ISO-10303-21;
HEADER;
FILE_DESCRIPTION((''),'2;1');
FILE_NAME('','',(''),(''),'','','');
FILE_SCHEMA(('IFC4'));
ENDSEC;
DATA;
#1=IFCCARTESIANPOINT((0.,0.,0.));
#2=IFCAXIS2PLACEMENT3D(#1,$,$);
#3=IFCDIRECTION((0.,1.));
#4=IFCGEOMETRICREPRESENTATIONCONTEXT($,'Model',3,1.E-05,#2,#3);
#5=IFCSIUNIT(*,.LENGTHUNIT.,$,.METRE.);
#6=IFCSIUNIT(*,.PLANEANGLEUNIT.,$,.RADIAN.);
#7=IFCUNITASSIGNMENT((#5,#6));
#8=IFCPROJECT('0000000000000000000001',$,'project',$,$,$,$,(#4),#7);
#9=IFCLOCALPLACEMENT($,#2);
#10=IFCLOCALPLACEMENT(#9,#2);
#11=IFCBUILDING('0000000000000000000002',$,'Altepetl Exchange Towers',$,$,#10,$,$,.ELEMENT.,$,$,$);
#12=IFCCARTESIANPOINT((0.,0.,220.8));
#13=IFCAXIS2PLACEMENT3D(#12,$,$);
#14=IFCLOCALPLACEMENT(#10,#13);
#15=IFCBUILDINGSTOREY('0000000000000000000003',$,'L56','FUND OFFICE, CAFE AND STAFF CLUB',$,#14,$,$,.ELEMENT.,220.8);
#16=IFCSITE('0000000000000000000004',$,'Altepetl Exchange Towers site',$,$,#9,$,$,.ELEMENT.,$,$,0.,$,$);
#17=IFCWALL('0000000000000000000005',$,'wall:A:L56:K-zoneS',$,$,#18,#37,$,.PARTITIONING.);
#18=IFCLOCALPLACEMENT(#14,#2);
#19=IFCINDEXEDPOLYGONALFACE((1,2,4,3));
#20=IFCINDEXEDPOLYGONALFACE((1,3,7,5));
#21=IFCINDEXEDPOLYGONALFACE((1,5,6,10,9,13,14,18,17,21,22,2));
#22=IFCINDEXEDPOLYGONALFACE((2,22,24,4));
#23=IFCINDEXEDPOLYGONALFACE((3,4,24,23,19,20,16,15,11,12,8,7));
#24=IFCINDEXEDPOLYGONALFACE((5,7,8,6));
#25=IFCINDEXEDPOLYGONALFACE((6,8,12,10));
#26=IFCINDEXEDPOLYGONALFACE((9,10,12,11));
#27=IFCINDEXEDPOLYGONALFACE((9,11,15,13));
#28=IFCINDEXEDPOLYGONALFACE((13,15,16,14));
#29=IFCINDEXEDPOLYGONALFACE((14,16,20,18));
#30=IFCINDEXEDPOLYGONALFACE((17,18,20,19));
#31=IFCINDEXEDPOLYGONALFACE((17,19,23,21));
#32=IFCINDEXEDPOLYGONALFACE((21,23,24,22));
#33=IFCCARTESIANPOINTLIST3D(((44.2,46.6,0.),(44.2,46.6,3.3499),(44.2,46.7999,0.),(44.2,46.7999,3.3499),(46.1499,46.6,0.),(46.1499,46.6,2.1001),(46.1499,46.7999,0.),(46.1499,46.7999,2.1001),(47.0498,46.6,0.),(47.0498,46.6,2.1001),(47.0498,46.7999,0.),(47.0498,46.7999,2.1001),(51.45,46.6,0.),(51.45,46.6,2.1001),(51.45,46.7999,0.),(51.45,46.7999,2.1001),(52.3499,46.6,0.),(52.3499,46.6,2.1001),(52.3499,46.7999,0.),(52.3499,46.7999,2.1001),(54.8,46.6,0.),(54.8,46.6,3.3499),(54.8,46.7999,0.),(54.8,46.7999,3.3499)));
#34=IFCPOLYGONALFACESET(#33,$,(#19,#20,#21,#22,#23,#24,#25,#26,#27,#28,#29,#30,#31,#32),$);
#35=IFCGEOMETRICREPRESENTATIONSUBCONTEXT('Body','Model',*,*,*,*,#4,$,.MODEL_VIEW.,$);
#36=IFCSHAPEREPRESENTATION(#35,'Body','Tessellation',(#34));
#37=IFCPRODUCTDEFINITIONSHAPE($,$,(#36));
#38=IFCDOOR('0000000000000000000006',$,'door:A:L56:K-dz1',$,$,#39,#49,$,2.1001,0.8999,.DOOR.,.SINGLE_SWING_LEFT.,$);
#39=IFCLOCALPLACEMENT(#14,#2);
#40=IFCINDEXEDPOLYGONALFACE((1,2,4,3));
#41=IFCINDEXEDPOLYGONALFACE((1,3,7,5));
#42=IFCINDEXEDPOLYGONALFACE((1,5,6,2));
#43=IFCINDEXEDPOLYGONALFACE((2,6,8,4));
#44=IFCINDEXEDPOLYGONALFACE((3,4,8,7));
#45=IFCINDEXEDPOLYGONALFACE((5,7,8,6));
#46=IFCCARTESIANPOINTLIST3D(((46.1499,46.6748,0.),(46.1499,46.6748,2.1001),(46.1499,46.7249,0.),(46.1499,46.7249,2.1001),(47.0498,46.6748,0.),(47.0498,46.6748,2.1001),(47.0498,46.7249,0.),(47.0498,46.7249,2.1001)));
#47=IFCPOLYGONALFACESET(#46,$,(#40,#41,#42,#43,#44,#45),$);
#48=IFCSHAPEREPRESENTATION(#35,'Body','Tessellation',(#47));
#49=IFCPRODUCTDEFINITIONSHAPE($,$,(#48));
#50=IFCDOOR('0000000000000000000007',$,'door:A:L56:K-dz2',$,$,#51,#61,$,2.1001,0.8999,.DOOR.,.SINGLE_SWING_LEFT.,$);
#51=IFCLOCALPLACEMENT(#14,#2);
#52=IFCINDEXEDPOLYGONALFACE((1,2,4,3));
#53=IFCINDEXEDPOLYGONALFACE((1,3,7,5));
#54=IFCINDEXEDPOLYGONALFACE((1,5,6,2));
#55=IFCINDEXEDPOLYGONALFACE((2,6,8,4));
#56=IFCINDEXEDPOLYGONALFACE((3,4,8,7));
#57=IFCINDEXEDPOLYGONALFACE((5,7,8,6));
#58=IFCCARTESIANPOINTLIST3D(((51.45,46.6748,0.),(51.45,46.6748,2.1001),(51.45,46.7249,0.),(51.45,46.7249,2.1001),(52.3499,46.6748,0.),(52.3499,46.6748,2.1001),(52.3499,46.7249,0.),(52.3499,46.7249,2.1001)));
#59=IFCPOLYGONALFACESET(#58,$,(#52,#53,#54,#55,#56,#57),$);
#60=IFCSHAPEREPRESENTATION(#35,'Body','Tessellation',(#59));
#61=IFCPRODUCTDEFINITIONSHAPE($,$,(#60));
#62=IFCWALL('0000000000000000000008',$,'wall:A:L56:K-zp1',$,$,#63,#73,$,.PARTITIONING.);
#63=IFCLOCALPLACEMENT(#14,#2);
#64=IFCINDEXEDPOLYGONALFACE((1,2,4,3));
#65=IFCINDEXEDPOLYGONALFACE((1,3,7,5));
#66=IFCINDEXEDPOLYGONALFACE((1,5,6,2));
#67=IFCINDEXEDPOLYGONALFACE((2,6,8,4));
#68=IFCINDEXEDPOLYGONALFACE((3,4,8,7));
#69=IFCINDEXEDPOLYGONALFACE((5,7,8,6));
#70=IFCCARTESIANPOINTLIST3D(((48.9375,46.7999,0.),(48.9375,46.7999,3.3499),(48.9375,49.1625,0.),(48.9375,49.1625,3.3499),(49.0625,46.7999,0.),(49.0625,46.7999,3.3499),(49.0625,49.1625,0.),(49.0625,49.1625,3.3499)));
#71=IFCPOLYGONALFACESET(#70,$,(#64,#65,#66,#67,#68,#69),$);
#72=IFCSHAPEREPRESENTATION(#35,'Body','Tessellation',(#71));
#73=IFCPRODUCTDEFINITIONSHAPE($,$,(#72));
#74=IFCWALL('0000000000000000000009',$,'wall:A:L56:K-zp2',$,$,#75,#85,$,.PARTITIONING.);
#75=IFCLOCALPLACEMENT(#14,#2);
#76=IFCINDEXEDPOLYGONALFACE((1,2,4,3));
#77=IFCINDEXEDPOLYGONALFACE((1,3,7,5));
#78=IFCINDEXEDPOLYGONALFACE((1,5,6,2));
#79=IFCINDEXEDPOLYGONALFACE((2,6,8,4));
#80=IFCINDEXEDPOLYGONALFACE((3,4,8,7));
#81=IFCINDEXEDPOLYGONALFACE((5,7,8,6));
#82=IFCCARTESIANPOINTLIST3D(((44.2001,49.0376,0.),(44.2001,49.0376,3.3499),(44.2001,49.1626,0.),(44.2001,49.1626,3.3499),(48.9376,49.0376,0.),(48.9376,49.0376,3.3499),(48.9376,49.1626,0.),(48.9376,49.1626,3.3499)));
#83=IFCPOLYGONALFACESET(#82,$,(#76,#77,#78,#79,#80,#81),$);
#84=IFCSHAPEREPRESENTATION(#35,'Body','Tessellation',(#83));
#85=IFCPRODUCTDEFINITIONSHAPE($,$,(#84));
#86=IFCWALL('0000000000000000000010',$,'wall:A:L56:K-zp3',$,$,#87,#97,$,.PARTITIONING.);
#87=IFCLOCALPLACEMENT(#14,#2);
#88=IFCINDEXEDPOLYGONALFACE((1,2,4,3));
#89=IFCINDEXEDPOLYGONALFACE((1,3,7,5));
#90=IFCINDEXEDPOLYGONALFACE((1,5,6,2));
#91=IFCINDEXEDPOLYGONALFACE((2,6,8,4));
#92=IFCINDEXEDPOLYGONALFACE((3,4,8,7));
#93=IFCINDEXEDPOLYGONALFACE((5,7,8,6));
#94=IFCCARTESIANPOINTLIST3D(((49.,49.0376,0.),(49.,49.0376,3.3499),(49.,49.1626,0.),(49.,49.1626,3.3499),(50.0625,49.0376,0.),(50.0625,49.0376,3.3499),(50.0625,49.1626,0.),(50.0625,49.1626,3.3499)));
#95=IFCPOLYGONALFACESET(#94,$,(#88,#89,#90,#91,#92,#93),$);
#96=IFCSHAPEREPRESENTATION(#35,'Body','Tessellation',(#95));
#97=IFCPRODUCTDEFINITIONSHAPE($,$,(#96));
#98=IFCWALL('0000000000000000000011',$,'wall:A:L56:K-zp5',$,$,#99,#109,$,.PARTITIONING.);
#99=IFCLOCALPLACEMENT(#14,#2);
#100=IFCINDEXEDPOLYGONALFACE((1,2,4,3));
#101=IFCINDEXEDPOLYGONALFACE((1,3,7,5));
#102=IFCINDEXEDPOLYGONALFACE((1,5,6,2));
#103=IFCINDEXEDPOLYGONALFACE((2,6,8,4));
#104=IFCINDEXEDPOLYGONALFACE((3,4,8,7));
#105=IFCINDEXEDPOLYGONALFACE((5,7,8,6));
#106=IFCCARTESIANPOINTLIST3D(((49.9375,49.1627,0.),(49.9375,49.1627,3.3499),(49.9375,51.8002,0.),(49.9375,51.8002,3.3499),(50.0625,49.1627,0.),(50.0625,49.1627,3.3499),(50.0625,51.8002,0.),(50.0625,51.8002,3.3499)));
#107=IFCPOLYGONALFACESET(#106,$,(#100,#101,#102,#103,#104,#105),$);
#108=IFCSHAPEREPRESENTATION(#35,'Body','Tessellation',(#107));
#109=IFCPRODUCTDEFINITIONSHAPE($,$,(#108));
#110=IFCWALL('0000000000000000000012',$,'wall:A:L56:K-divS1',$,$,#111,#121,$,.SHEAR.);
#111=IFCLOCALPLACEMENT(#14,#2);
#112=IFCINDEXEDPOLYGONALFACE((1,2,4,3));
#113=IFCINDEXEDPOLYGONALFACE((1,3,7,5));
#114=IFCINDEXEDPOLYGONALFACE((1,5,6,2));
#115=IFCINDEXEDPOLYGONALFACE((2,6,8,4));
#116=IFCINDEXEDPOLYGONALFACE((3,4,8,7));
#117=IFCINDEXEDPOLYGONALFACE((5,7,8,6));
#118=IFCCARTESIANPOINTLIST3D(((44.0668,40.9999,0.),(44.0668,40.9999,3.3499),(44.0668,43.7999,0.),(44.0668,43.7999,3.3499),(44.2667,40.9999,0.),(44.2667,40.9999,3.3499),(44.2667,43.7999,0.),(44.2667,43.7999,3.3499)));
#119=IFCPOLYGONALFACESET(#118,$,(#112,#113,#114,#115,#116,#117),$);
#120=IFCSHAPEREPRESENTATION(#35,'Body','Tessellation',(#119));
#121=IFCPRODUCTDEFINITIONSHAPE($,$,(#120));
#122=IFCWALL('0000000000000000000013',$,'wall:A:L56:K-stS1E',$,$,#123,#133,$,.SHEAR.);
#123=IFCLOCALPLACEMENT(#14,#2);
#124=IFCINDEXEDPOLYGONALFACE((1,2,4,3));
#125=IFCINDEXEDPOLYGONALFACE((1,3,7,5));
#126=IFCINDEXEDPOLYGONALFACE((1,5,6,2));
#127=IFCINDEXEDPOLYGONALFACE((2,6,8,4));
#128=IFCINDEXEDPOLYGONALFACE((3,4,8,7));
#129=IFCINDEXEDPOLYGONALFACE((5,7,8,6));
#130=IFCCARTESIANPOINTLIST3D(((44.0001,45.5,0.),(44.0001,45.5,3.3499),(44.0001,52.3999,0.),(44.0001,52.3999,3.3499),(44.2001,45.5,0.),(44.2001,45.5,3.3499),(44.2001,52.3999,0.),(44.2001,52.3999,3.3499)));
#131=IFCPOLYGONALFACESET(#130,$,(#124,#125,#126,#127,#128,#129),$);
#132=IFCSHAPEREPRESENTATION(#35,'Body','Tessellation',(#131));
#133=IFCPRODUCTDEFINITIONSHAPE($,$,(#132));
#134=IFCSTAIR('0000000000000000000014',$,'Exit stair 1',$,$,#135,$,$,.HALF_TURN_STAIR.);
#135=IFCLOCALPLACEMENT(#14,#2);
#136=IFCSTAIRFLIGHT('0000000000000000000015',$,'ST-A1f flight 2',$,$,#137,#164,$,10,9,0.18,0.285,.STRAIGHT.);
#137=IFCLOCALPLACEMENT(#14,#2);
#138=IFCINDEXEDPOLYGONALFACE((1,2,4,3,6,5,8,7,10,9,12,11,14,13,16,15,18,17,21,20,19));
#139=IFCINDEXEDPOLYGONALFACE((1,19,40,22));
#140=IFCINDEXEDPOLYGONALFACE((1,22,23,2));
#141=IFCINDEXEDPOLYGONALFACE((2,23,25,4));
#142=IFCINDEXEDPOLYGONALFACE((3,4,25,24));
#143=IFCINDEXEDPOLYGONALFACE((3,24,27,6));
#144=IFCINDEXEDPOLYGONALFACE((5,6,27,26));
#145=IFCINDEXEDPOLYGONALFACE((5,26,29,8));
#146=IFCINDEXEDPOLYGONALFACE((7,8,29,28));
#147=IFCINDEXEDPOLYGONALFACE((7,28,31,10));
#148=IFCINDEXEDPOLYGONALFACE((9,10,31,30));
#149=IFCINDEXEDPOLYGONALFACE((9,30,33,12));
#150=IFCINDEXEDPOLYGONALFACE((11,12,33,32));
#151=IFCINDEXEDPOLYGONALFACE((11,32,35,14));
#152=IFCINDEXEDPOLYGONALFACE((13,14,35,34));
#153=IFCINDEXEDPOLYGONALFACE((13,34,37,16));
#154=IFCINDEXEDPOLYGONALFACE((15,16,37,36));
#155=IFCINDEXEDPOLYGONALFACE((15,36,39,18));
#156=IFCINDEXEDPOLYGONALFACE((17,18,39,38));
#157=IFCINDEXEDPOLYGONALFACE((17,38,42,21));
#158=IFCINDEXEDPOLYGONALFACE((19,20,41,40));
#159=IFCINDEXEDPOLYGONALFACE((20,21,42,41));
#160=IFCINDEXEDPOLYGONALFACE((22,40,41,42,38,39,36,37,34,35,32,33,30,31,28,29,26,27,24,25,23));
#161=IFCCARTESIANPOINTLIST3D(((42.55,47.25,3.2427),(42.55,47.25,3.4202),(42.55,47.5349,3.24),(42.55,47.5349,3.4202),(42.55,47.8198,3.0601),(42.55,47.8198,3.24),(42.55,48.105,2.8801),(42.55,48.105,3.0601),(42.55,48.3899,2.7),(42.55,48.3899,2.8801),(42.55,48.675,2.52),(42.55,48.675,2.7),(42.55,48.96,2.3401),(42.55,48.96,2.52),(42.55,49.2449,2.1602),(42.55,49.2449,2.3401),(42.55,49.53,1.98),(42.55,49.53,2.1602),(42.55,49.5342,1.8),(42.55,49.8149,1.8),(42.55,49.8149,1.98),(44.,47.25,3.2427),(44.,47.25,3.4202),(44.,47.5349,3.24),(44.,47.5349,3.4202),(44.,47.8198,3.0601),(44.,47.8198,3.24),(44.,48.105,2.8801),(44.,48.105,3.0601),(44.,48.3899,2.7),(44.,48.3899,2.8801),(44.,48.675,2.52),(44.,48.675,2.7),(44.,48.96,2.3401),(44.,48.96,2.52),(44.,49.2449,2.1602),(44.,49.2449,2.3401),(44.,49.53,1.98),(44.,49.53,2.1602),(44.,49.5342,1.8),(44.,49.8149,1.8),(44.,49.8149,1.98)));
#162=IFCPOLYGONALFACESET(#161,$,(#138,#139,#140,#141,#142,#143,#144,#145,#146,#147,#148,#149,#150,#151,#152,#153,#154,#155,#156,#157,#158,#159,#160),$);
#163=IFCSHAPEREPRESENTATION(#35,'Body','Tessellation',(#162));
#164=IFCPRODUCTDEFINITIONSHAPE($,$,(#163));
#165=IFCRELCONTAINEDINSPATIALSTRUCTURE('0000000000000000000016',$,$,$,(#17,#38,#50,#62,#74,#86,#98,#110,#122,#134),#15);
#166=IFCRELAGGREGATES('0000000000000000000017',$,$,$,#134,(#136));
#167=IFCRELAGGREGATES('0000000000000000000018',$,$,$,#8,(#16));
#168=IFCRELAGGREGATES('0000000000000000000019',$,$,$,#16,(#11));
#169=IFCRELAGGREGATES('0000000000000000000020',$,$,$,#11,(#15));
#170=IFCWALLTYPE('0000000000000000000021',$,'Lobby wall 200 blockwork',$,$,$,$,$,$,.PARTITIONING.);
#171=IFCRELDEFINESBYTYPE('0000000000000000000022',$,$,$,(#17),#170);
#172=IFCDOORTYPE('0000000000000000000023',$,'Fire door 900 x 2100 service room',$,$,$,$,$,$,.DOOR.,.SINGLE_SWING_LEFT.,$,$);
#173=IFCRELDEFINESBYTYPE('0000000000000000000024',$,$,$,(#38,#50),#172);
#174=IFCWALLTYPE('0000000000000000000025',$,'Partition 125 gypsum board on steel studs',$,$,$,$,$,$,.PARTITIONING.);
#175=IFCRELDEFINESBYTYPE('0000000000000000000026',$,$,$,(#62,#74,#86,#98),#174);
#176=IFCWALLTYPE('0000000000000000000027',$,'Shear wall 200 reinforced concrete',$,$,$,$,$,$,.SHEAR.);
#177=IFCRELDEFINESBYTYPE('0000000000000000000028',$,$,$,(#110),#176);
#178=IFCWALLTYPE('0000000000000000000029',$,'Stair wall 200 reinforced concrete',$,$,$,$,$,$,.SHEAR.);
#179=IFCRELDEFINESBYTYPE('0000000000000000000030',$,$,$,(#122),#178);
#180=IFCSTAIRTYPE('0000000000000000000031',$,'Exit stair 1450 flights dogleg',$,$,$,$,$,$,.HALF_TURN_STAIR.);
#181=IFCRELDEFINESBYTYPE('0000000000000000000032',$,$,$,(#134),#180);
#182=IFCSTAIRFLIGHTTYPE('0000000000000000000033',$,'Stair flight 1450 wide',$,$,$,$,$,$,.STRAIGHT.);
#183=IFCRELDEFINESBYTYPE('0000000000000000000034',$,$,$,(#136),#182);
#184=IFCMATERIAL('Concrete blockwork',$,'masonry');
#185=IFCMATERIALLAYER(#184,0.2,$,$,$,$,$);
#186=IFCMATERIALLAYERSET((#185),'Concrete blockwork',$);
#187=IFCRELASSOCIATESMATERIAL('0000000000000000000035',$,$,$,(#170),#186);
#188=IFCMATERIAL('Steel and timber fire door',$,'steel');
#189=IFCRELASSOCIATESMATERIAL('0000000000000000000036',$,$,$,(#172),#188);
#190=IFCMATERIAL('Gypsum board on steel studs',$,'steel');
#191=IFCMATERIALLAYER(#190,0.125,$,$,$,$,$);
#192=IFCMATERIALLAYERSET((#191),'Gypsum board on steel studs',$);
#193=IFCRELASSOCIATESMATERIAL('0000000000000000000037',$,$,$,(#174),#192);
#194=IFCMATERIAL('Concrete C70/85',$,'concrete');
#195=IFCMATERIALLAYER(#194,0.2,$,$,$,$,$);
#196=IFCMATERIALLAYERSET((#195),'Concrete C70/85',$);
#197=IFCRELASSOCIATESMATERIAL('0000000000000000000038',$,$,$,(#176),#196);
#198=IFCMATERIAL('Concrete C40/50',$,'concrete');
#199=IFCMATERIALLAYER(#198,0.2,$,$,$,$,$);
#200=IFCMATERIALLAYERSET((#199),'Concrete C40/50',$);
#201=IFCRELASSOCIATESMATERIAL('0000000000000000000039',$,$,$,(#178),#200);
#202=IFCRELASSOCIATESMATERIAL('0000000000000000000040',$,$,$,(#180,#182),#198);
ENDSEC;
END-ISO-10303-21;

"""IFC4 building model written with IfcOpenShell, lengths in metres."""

from ifc_helpers import new_model, si_unit, direction, frame, frame_2d, origin, place, context, subcontext, project, spatial, polyline, rectangle, outline, extrude, material, layer, layer_set, type_object, element, fill, aggregate, save


model = new_model("IFC4")

# Units and contexts
model_context = context("Model", 3, precision=1e-05, world=origin(), true_north=direction((0.0, 1.0)))
body_context = subcontext(model_context, "Body", "Model", "MODEL_VIEW")
ifc_project = project(units=[si_unit("LENGTHUNIT", "METRE"), si_unit("PLANEANGLEUNIT", "RADIAN")], contexts=[model_context])

# Site, building, storey
site_placement = place(None, origin())
site = spatial("IfcSite", under=ifc_project, at=site_placement, Name="Altepetl Exchange Towers site", CompositionType="ELEMENT", RefElevation=0.0)
building_placement = place(site_placement, origin())
building = spatial("IfcBuilding", under=site, at=building_placement, Name="Altepetl Exchange Towers", CompositionType="ELEMENT")
storey_placement = place(building_placement, frame((0.0, 0.0, 220.8)))
storey = spatial("IfcBuildingStorey", under=building, at=storey_placement, Name="L56", Description="FUND OFFICE, CAFE AND STAFF CLUB", CompositionType="ELEMENT", Elevation=220.8)

# Shared definitions
ifc_material_1 = material(Name="Concrete blockwork", Category="masonry")
ifc_layer_1 = layer(ifc_material_1, 0.2)
ifc_layer_set_1 = layer_set([ifc_layer_1], Name="Concrete blockwork")
wall_type_1 = type_object("IfcWallType", Name="Lobby wall 200 blockwork", PredefinedType="PARTITIONING", material=ifc_layer_set_1)

# Shared definitions
ifc_material_2 = material(Name="Steel and timber fire door", Category="steel")

# Wall, openings, doors
door_type_1 = type_object("IfcDoorType", Name="Fire door 900 x 2100 service room", OperationType="SINGLE_SWING_LEFT", PredefinedType="DOOR", material=ifc_material_2)
wall_1_placement = place(storey_placement, frame((44.2, 46.7, 0.0)))
wall_1 = element("IfcWall", 1, at=wall_1_placement, inside=storey, type_object=wall_type_1, Name="wall:A:L56:K-zoneS", PredefinedType="PARTITIONING", context=body_context, shape_type="SweptSolid", body=[
    extrude(rectangle(XDim=10.6001, YDim=0.2, at=frame_2d((5.3, 0.0))), origin(), (0.0, 0.0, 1.0), 3.3499),
])
opening_1_placement = place(wall_1_placement, frame((1.95, 0.0, 0.0)))
opening_1 = element("IfcOpeningElement", 2, at=opening_1_placement, cuts=wall_1, PredefinedType="OPENING", context=body_context, shape_type="SweptSolid", body=[
    extrude(rectangle(XDim=0.8999, YDim=2.1001, at=frame_2d((0.45, 1.05))), frame((0.0, 0.1099, 0.0), z_axis=(0.0, -1.0, 0.0), x_axis=(1.0, 0.0, 0.0)), (0.0, 0.0, 1.0), 0.22),
])
opening_2_placement = place(wall_1_placement, frame((7.25, 0.0, 0.0)))
opening_2 = element("IfcOpeningElement", 3, at=opening_2_placement, cuts=wall_1, PredefinedType="OPENING", context=body_context, shape_type="SweptSolid", body=[
    extrude(rectangle(XDim=0.8999, YDim=2.1001, at=frame_2d((0.45, 1.05))), frame((0.0, 0.1099, 0.0), z_axis=(0.0, -1.0, 0.0), x_axis=(1.0, 0.0, 0.0)), (0.0, 0.0, 1.0), 0.22),
])
door_1_placement = place(opening_1_placement, origin())
door_1 = element("IfcDoor", 4, at=door_1_placement, inside=storey, type_object=door_type_1, Name="door:A:L56:K-dz1", OperationType="SINGLE_SWING_LEFT", OverallHeight=2.1001, OverallWidth=0.8999, PredefinedType="DOOR", context=body_context, shape_type="SweptSolid", body=[
    extrude(rectangle(XDim=0.8999, YDim=2.1001, at=frame_2d((0.45, 1.05))), frame((0.0, 0.0249, 0.0), z_axis=(0.0, -1.0, 0.0), x_axis=(1.0, 0.0, 0.0)), (0.0, 0.0, 1.0), 0.05),
])
fill(opening_1, door_1)
door_2_placement = place(opening_2_placement, origin())
door_2 = element("IfcDoor", 5, at=door_2_placement, inside=storey, type_object=door_type_1, Name="door:A:L56:K-dz2", OperationType="SINGLE_SWING_LEFT", OverallHeight=2.1001, OverallWidth=0.8999, PredefinedType="DOOR", context=body_context, shape_type="SweptSolid", body=[
    extrude(rectangle(XDim=0.8999, YDim=2.1001, at=frame_2d((0.45, 1.05))), frame((0.0, 0.0249, 0.0), z_axis=(0.0, -1.0, 0.0), x_axis=(1.0, 0.0, 0.0)), (0.0, 0.0, 1.0), 0.05),
])
fill(opening_2, door_2)

# Walls
ifc_material_3 = material(Name="Gypsum board on steel studs", Category="steel")
ifc_layer_2 = layer(ifc_material_3, 0.125)
ifc_layer_set_2 = layer_set([ifc_layer_2], Name="Gypsum board on steel studs")
wall_type_2 = type_object("IfcWallType", Name="Partition 125 gypsum board on steel studs", PredefinedType="PARTITIONING", material=ifc_layer_set_2)
wall_2_placement = place(storey_placement, frame((49.0, 46.8, 0.0), z_axis=(0.0, 0.0, 1.0), x_axis=(0.0, 1.0, 0.0)))
element("IfcWall", 6, at=wall_2_placement, inside=storey, type_object=wall_type_2, Name="wall:A:L56:K-zp1", PredefinedType="PARTITIONING", context=body_context, shape_type="SweptSolid", body=[
    extrude(rectangle(XDim=2.3625, YDim=0.125, at=frame_2d((1.1812, 0.0))), origin(), (0.0, 0.0, 1.0), 3.3499),
])
wall_3_placement = place(storey_placement, frame((48.9375, 49.1001, 0.0), z_axis=(0.0, 0.0, 1.0), x_axis=(-1.0, 0.0, 0.0)))
element("IfcWall", 7, at=wall_3_placement, inside=storey, type_object=wall_type_2, Name="wall:A:L56:K-zp2", PredefinedType="PARTITIONING", context=body_context, shape_type="SweptSolid", body=[
    extrude(rectangle(XDim=4.7375, YDim=0.125, at=frame_2d((2.3687, 0.0))), origin(), (0.0, 0.0, 1.0), 3.3499),
])
wall_4_placement = place(storey_placement, frame((50.0625, 49.1001, 0.0), z_axis=(0.0, 0.0, 1.0), x_axis=(-1.0, 0.0, 0.0)))
element("IfcWall", 8, at=wall_4_placement, inside=storey, type_object=wall_type_2, Name="wall:A:L56:K-zp3", PredefinedType="PARTITIONING", context=body_context, shape_type="SweptSolid", body=[
    extrude(rectangle(XDim=1.0625, YDim=0.125, at=frame_2d((0.5312, 0.0))), origin(), (0.0, 0.0, 1.0), 3.3499),
])
wall_5_placement = place(storey_placement, frame((50.0, 49.1626, 0.0), z_axis=(0.0, 0.0, 1.0), x_axis=(0.0, 1.0, 0.0)))
element("IfcWall", 9, at=wall_5_placement, inside=storey, type_object=wall_type_2, Name="wall:A:L56:K-zp5", PredefinedType="PARTITIONING", context=body_context, shape_type="SweptSolid", body=[
    extrude(rectangle(XDim=2.6375, YDim=0.125, at=frame_2d((1.3188, 0.0))), origin(), (0.0, 0.0, 1.0), 3.3499),
])
ifc_material_4 = material(Name="Concrete C70/85", Category="concrete")
ifc_layer_3 = layer(ifc_material_4, 0.2)
ifc_layer_set_3 = layer_set([ifc_layer_3], Name="Concrete C70/85")
wall_type_3 = type_object("IfcWallType", Name="Shear wall 200 reinforced concrete", PredefinedType="SHEAR", material=ifc_layer_set_3)
wall_6_placement = place(storey_placement, frame((44.1667, 41.0, 0.0), z_axis=(0.0, 0.0, 1.0), x_axis=(0.0, 1.0, 0.0)))
element("IfcWall", 10, at=wall_6_placement, inside=storey, type_object=wall_type_3, Name="wall:A:L56:K-divS1", PredefinedType="SHEAR", context=body_context, shape_type="SweptSolid", body=[
    extrude(rectangle(XDim=2.8, YDim=0.2, at=frame_2d((1.3999, 0.0))), origin(), (0.0, 0.0, 1.0), 3.3499),
])
ifc_material_5 = material(Name="Concrete C40/50", Category="concrete")
ifc_layer_4 = layer(ifc_material_5, 0.2)
ifc_layer_set_4 = layer_set([ifc_layer_4], Name="Concrete C40/50")
wall_type_4 = type_object("IfcWallType", Name="Stair wall 200 reinforced concrete", PredefinedType="SHEAR", material=ifc_layer_set_4)
wall_7_placement = place(storey_placement, frame((44.1001, 45.5, 0.0), z_axis=(0.0, 0.0, 1.0), x_axis=(0.0, 1.0, 0.0)))
element("IfcWall", 11, at=wall_7_placement, inside=storey, type_object=wall_type_4, Name="wall:A:L56:K-stS1E", PredefinedType="SHEAR", context=body_context, shape_type="SweptSolid", body=[
    extrude(rectangle(XDim=6.8999, YDim=0.2, at=frame_2d((3.45, 0.0))), origin(), (0.0, 0.0, 1.0), 3.3499),
])

# Stair, stair flight
stair_type = type_object("IfcStairType", Name="Exit stair 1450 flights dogleg", PredefinedType="HALF_TURN_STAIR", material=ifc_material_5)
stair_placement = place(storey_placement, origin())
stair = element("IfcStair", 12, at=stair_placement, inside=storey, type_object=stair_type, Name="Exit stair 1", PredefinedType="HALF_TURN_STAIR")
stair_flight_type = type_object("IfcStairFlightType", Name="Stair flight 1450 wide", PredefinedType="STRAIGHT", material=ifc_material_5)
stair_flight_placement = place(storey_placement, frame((43.2749, 49.8149, 1.8), z_axis=(0.0, 0.0, 1.0), x_axis=(0.0, -1.0, 0.0)))
stair_flight = element("IfcStairFlight", 13, at=stair_flight_placement, type_object=stair_flight_type, Name="ST-A1f flight 2", NumberOfRisers=10, NumberOfTreads=9, PredefinedType="STRAIGHT", RiserHeight=0.18, TreadLength=0.285, context=body_context, shape_type="SweptSolid", body=[
    extrude(outline(polyline([(0.0, 0.0), (0.0, 0.1799), (0.2849, 0.1799), (0.2849, 0.3601), (0.5701, 0.3601), (0.5701, 0.54), (0.855, 0.54), (0.855, 0.72), (1.1399, 0.72), (1.1399, 0.8999), (1.425, 0.8999), (1.425, 1.0801), (1.71, 1.0801), (1.71, 1.26), (1.9951, 1.26), (1.9951, 1.4399), (2.28, 1.4399), (2.28, 1.6201), (2.5649, 1.6201), (2.5649, 1.8), (2.5649, 1.4426), (0.2808, 0.0), (0.0, 0.0)])), frame((0.0, 0.7251, 0.0), z_axis=(0.0, -1.0, 0.0), x_axis=(1.0, 0.0, 0.0)), (0.0, 0.0, 1.0), 1.45),
])
aggregate(stair, [stair_flight])

save(model, "model.ifc")
